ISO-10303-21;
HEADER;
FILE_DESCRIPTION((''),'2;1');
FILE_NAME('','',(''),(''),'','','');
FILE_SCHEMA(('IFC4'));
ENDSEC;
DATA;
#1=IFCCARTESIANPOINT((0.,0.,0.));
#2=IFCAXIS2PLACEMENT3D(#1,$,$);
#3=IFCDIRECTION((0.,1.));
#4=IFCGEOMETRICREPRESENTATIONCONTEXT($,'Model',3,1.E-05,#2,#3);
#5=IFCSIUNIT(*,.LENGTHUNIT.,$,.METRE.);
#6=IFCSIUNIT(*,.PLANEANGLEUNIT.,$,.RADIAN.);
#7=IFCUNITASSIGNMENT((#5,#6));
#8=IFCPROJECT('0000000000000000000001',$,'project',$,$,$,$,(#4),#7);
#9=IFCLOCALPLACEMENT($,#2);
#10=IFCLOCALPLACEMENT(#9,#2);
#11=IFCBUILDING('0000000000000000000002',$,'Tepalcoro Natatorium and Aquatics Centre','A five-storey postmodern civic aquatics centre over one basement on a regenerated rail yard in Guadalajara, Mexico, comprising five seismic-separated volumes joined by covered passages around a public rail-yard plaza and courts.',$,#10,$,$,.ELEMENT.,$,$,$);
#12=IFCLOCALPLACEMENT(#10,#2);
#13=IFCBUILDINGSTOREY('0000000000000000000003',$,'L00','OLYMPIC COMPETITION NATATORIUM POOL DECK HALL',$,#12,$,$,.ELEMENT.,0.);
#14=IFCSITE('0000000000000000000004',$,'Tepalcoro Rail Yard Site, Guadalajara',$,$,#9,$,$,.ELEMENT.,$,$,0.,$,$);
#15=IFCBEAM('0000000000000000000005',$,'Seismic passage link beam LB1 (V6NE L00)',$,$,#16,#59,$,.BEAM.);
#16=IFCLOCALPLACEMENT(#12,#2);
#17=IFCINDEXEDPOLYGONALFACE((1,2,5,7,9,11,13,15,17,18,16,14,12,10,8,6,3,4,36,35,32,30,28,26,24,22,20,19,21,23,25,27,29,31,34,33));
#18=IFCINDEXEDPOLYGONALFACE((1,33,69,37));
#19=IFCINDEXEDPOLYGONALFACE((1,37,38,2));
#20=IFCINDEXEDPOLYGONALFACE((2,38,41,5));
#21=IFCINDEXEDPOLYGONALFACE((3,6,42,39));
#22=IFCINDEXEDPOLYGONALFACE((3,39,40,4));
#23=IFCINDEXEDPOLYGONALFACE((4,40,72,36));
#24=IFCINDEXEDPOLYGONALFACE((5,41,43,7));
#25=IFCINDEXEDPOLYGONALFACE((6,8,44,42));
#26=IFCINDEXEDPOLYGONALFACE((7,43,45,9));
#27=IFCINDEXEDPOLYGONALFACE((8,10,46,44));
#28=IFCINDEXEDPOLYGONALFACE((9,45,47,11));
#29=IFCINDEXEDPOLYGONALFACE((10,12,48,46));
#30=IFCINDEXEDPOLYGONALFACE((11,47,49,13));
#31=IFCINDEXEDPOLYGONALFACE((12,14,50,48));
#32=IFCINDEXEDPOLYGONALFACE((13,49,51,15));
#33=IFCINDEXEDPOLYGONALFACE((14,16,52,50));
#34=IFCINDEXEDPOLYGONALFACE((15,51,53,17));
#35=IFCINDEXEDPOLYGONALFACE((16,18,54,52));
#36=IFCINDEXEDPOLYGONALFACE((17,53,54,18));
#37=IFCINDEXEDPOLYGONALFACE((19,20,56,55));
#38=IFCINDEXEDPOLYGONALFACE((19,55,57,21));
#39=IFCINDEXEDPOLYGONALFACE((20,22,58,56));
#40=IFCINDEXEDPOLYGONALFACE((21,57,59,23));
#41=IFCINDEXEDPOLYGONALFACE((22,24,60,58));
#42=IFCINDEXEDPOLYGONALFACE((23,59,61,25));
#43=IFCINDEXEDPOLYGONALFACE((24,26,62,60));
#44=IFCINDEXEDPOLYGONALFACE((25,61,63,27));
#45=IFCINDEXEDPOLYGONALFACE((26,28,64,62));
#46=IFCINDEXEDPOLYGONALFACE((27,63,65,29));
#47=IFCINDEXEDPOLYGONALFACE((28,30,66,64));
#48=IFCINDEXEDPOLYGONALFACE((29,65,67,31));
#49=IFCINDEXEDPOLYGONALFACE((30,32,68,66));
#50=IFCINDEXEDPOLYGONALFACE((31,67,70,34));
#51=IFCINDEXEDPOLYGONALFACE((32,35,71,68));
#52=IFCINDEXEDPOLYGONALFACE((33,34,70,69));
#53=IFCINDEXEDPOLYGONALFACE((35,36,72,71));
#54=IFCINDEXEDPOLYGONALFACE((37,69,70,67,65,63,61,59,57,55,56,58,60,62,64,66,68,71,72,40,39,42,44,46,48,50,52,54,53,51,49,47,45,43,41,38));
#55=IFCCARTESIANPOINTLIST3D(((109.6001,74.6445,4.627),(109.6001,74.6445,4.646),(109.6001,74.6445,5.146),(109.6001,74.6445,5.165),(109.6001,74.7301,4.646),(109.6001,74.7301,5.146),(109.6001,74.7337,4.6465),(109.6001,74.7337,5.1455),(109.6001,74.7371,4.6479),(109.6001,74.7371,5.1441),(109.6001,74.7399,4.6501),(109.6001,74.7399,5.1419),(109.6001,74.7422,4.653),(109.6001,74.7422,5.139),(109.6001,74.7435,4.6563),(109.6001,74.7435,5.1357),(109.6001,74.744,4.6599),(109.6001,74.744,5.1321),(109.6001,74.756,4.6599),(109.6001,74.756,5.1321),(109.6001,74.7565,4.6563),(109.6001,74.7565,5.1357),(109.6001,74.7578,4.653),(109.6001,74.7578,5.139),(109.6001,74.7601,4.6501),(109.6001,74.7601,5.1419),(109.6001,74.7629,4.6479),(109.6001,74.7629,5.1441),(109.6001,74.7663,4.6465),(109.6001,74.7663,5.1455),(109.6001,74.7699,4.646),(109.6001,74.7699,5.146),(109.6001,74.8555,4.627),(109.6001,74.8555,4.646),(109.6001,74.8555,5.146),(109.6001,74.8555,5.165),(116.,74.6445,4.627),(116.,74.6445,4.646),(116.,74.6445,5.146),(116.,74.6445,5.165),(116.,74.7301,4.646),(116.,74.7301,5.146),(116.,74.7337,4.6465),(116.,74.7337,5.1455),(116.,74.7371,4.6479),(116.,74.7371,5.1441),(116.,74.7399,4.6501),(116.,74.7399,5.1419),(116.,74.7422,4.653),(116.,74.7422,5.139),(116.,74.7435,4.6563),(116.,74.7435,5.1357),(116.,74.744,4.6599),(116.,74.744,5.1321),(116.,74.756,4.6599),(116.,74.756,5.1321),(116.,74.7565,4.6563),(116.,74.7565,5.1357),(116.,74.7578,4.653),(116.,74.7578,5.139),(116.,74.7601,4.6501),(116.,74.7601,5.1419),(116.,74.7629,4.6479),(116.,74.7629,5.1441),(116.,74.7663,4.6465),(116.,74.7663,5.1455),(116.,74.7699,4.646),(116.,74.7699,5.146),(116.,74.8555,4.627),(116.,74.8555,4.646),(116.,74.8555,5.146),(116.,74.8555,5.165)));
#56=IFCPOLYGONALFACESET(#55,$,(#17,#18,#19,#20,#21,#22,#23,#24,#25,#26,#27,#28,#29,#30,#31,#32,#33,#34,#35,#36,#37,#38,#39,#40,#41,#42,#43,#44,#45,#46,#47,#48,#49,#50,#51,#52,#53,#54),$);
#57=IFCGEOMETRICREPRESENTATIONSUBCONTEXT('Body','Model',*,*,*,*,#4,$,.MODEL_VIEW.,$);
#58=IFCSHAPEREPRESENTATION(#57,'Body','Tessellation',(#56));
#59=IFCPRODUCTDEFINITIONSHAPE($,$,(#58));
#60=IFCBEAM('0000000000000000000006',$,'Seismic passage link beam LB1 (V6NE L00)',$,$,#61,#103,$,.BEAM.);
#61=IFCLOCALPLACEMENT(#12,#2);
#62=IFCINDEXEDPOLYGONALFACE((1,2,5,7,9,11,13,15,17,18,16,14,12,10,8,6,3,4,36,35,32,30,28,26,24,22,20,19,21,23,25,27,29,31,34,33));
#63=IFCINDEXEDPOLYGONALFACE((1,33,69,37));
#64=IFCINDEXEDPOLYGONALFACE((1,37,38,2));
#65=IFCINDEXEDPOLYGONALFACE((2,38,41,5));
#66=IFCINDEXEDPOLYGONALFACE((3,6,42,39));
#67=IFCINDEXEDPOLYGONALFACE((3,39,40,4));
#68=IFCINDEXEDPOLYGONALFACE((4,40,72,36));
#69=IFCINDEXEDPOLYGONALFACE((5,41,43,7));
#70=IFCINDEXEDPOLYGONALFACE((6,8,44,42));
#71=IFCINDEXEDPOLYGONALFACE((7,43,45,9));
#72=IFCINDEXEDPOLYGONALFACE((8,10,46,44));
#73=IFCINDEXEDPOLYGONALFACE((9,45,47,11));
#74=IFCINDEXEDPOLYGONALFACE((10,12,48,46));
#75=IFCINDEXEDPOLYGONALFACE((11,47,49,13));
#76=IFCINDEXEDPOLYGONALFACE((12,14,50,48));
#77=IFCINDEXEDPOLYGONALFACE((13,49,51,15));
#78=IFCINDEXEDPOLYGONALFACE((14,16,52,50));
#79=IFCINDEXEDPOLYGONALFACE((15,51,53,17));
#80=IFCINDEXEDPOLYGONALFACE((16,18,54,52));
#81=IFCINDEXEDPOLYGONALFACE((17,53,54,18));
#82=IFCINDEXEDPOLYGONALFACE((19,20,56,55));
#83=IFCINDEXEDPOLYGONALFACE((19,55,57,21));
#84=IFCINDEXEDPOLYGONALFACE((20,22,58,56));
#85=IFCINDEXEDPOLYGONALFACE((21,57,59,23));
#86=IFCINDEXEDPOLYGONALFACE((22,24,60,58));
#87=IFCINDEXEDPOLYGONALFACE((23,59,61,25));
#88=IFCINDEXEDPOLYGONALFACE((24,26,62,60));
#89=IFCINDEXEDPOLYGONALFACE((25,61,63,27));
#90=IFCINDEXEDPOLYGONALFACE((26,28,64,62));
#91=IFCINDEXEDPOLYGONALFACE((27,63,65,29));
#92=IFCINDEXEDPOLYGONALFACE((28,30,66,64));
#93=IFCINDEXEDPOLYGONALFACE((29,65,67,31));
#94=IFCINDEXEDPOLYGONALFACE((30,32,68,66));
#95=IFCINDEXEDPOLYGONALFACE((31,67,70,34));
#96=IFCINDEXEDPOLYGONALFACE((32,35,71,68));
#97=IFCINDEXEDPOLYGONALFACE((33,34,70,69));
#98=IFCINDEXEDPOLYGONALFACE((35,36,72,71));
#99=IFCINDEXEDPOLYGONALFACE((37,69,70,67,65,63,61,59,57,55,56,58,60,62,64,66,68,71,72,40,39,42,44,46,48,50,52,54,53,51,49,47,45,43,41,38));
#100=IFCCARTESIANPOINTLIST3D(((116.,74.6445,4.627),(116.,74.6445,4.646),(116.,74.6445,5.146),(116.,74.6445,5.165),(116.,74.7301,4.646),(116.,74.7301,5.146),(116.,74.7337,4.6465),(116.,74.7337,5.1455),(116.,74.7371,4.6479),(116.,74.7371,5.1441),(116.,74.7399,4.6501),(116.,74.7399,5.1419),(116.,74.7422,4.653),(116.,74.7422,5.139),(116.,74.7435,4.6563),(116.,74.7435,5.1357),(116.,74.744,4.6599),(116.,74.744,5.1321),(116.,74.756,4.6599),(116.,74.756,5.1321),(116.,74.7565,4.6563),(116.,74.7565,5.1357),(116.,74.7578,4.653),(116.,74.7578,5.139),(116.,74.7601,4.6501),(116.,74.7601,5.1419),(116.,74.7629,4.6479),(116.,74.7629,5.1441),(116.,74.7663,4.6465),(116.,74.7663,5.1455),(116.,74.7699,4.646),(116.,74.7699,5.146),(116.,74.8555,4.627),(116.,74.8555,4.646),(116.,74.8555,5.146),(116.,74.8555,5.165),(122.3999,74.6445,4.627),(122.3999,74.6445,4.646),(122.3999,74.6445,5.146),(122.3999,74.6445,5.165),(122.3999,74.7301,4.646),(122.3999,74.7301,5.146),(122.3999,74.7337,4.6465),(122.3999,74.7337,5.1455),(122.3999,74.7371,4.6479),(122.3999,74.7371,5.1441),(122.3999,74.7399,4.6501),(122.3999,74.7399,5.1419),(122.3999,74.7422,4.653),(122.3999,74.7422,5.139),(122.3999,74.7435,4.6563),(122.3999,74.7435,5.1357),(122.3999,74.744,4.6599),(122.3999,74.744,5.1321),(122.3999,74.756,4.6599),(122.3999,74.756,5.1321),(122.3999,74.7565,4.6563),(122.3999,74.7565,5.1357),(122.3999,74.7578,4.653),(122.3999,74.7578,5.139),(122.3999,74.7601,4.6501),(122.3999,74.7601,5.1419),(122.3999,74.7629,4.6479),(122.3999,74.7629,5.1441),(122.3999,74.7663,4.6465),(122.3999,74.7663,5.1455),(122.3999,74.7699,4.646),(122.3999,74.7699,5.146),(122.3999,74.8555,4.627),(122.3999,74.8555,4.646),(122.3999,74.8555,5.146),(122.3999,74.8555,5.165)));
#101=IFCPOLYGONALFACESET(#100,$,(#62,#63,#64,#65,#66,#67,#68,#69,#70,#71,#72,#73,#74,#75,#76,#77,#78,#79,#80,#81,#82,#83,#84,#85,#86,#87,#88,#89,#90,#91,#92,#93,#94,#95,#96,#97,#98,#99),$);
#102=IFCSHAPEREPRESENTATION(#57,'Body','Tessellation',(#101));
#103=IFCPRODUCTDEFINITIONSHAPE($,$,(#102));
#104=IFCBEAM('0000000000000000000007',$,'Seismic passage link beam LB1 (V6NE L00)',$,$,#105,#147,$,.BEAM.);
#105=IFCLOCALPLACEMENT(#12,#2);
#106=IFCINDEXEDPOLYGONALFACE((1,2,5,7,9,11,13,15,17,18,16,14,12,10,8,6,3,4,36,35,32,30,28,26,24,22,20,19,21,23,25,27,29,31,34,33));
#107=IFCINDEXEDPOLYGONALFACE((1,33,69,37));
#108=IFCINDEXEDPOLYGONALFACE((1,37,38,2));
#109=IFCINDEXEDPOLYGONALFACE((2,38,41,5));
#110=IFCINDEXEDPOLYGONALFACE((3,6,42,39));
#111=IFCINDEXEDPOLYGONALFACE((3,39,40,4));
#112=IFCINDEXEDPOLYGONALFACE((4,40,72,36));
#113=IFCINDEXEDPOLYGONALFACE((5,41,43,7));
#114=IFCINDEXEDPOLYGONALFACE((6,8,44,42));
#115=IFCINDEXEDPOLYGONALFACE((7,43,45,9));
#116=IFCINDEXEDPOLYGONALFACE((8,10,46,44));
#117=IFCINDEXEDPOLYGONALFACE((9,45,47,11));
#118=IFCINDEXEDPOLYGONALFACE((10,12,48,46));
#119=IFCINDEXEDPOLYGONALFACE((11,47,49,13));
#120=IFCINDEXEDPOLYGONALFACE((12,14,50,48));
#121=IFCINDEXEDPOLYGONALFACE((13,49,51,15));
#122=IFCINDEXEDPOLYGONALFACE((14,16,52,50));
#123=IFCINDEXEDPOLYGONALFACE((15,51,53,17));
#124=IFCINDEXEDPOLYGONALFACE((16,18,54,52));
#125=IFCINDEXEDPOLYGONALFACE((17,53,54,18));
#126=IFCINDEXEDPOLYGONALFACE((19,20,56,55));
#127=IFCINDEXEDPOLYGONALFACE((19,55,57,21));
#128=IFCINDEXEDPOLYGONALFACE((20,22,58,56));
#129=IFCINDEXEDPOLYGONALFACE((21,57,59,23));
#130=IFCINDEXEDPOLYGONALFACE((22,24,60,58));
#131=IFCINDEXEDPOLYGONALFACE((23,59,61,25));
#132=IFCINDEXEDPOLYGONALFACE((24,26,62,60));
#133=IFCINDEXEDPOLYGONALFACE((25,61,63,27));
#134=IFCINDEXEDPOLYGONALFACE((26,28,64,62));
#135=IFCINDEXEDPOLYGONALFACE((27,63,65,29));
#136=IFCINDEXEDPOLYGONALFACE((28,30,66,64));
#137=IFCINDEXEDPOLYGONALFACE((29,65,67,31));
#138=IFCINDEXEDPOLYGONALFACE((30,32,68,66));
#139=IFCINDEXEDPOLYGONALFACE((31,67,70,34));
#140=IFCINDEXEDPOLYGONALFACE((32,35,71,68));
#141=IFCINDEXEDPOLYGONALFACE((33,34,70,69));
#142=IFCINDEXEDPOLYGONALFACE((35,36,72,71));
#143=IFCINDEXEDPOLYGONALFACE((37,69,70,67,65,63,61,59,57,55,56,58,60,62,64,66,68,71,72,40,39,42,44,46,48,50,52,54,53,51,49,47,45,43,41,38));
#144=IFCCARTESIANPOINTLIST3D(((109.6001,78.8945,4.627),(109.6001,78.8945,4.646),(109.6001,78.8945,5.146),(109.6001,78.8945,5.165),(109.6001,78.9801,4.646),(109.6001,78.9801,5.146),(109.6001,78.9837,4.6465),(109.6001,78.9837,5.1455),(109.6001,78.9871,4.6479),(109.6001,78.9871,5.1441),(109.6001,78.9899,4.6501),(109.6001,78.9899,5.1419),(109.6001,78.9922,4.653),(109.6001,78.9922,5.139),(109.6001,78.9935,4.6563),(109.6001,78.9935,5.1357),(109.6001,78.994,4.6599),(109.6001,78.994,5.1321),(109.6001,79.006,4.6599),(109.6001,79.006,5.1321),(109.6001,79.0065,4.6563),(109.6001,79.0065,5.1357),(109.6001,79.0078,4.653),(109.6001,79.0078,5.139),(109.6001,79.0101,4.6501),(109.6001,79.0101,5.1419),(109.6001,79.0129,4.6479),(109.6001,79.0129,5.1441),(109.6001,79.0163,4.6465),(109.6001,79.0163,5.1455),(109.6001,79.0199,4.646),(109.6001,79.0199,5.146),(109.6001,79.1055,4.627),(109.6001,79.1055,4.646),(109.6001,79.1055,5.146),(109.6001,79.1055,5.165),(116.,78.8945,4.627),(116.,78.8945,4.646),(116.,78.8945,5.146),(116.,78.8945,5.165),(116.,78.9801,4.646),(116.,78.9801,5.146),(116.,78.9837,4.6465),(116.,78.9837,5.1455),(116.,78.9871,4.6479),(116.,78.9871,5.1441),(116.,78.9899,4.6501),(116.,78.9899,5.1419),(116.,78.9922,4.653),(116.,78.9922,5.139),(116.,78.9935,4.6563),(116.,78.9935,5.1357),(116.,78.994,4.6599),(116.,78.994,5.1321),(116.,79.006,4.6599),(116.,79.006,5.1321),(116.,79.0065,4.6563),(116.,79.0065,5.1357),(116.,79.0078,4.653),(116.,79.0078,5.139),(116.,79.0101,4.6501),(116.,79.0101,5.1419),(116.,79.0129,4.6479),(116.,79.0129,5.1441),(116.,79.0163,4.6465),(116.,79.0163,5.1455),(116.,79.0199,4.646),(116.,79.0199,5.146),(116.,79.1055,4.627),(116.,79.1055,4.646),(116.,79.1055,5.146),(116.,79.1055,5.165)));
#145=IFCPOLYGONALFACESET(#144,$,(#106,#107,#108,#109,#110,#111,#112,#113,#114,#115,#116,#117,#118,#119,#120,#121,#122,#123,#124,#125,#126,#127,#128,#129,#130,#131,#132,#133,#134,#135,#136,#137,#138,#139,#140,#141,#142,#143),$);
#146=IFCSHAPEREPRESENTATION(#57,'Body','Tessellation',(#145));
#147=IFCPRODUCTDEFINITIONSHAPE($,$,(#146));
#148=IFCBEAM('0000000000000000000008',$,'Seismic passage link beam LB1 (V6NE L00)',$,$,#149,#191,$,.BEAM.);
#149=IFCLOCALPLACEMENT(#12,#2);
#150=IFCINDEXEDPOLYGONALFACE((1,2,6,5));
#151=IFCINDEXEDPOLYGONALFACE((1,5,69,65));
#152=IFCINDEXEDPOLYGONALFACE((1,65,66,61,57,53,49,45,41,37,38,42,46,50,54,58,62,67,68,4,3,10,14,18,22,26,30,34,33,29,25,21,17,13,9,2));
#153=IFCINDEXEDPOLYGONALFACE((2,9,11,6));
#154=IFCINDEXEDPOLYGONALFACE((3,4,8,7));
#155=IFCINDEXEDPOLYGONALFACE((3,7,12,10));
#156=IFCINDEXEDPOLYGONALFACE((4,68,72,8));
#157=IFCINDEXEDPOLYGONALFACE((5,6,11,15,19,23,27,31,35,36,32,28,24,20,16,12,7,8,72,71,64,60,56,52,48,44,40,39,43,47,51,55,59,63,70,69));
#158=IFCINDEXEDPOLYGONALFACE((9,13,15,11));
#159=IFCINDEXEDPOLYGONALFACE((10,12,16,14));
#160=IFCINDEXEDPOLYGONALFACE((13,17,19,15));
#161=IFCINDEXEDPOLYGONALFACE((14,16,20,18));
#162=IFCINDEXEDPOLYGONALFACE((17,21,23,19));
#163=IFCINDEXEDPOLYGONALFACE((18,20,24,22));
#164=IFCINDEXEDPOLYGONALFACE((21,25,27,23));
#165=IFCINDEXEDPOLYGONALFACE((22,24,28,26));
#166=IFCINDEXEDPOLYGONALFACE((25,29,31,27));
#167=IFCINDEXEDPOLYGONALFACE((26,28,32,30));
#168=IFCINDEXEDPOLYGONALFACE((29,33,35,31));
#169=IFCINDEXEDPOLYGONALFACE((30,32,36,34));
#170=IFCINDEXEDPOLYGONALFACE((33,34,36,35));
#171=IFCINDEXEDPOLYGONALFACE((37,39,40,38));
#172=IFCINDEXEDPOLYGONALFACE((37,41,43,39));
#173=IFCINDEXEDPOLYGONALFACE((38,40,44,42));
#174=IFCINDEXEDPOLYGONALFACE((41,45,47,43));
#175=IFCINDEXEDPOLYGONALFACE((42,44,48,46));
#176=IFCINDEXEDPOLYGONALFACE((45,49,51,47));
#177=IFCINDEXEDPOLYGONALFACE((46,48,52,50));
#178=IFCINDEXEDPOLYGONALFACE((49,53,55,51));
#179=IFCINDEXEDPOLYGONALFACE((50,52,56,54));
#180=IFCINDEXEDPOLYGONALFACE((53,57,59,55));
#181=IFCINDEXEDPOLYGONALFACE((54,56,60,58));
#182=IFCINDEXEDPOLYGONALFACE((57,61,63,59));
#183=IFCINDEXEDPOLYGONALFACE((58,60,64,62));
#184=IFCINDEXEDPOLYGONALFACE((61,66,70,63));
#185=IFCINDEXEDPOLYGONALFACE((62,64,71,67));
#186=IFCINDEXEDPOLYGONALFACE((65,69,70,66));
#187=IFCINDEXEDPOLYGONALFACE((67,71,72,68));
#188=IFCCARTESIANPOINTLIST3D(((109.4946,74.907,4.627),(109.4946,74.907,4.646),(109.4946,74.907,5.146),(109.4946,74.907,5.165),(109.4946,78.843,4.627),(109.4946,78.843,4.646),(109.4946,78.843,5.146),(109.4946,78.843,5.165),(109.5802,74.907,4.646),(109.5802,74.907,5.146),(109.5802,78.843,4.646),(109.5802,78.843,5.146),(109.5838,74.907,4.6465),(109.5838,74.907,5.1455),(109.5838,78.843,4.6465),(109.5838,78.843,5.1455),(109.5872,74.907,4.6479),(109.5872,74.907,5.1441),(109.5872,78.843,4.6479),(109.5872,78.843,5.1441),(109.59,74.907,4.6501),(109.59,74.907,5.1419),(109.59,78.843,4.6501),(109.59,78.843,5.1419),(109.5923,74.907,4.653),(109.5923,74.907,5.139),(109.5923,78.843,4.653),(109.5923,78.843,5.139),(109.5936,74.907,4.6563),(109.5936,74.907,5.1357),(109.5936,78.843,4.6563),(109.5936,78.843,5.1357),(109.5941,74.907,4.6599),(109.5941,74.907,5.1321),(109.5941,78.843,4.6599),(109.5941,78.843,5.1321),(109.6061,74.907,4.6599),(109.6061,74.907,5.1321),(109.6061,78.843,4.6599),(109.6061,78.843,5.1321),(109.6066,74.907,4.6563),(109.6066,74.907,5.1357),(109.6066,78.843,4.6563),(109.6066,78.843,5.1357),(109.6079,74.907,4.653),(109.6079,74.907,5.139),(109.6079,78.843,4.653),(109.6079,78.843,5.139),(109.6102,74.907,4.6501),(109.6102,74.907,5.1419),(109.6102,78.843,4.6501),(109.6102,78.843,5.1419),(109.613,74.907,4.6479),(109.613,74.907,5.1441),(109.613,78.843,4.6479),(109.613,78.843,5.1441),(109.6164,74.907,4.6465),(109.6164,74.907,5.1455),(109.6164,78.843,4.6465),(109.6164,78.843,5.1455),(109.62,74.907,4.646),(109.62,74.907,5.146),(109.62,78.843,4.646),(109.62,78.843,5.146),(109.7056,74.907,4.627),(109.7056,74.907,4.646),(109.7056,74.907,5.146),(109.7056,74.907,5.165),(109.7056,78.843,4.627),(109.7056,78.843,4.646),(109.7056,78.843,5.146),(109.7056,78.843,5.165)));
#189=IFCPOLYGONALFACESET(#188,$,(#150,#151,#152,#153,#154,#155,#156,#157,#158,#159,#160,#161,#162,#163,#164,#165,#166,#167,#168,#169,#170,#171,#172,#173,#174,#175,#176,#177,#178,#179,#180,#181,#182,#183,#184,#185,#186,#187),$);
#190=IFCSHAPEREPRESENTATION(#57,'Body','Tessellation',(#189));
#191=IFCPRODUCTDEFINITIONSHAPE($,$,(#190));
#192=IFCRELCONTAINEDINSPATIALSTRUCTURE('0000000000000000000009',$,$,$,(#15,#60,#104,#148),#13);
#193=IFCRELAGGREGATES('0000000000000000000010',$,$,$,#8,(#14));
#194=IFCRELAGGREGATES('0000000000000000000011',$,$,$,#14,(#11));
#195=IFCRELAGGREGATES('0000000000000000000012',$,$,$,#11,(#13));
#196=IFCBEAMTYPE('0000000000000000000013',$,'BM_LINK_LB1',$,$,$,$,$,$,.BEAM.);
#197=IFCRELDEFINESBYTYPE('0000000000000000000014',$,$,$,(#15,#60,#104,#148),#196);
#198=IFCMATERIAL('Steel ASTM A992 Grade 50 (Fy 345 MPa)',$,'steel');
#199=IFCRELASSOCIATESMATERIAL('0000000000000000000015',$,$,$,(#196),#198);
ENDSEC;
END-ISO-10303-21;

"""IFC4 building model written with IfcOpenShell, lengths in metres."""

from ifc_helpers import new_model, si_unit, direction, frame, origin, origin_2d, place, context, subcontext, project, spatial, i_section, extrude, material, material_profile, profile_set, type_object, element, save


model = new_model("IFC4")

# Units and contexts
model_context = context("Model", 3, precision=1e-05, world=origin(), true_north=direction((0.0, 1.0)))
body_context = subcontext(model_context, "Body", "Model", "MODEL_VIEW")
ifc_project = project(units=[si_unit("LENGTHUNIT", "METRE"), si_unit("PLANEANGLEUNIT", "RADIAN")], contexts=[model_context])

# Site, building, storey
site_placement = place(None, origin())
site = spatial("IfcSite", under=ifc_project, at=site_placement, Name="Tepalcoro Rail Yard Site, Guadalajara", CompositionType="ELEMENT", RefElevation=0.0)
building_placement = place(site_placement, origin())
building = spatial("IfcBuilding", under=site, at=building_placement, Name="Tepalcoro Natatorium and Aquatics Centre", Description="A five-storey postmodern civic aquatics centre over one basement on a regenerated rail yard in Guadalajara, Mexico, comprising five seismic-separated volumes joined by covered passages around a public rail-yard plaza and courts.", CompositionType="ELEMENT")
storey_placement = place(building_placement, origin())
storey = spatial("IfcBuildingStorey", under=building, at=storey_placement, Name="L00", Description="OLYMPIC COMPETITION NATATORIUM POOL DECK HALL", CompositionType="ELEMENT", Elevation=0.0)

# Shared definitions
ifc_material_1 = material(Name="Steel ASTM A992 Grade 50 (Fy 345 MPa)", Category="steel")

# Beams
ifc_material_profile_1 = material_profile(ifc_material_1, i_section(OverallWidth=0.2109, OverallDepth=0.5381, WebThickness=0.012, FlangeThickness=0.019, FilletRadius=0.0139, at=origin_2d()), Name="W21X73")
ifc_profile_set_1 = profile_set([ifc_material_profile_1], Name="Steel ASTM A992 Grade 50 (Fy 345 MPa)")
beam_type_1 = type_object("IfcBeamType", Name="BM_LINK_LB1", PredefinedType="BEAM", material=ifc_profile_set_1)
for number, where, z_axis, x_axis, name in (
    (1, (109.6001, 74.75, 4.896), (1.0, 0.0, 0.0), (0.0, 1.0, 0.0), "Seismic passage link beam LB1 (V6NE L00)"),
    (2, (116.0, 74.75, 4.896), (1.0, 0.0, 0.0), (0.0, 1.0, 0.0), "Seismic passage link beam LB1 (V6NE L00)"),
    (3, (109.6001, 79.0, 4.896), (1.0, 0.0, 0.0), (0.0, 1.0, 0.0), "Seismic passage link beam LB1 (V6NE L00)"),
):
    element("IfcBeam", number, at=place(storey_placement, frame(where, z_axis=z_axis, x_axis=x_axis)), inside=storey, type_object=beam_type_1, Name=name, PredefinedType="BEAM", context=body_context, shape_type="SweptSolid", body=[
        extrude(i_section(OverallWidth=0.2109, OverallDepth=0.5381, WebThickness=0.012, FlangeThickness=0.019, FilletRadius=0.0139, at=origin_2d()), origin(), (0.0, 0.0, 1.0), 6.3999),
    ])
beam_1_placement = place(storey_placement, frame((109.6001, 74.907, 4.896), z_axis=(0.0, 1.0, 0.0), x_axis=(-1.0, 0.0, 0.0)))
element("IfcBeam", 4, at=beam_1_placement, inside=storey, type_object=beam_type_1, Name="Seismic passage link beam LB1 (V6NE L00)", PredefinedType="BEAM", context=body_context, shape_type="SweptSolid", body=[
    extrude(i_section(OverallWidth=0.2109, OverallDepth=0.5381, WebThickness=0.012, FlangeThickness=0.019, FilletRadius=0.0139, at=origin_2d()), origin(), (0.0, 0.0, 1.0), 3.936),
])

save(model, "model.ifc")
